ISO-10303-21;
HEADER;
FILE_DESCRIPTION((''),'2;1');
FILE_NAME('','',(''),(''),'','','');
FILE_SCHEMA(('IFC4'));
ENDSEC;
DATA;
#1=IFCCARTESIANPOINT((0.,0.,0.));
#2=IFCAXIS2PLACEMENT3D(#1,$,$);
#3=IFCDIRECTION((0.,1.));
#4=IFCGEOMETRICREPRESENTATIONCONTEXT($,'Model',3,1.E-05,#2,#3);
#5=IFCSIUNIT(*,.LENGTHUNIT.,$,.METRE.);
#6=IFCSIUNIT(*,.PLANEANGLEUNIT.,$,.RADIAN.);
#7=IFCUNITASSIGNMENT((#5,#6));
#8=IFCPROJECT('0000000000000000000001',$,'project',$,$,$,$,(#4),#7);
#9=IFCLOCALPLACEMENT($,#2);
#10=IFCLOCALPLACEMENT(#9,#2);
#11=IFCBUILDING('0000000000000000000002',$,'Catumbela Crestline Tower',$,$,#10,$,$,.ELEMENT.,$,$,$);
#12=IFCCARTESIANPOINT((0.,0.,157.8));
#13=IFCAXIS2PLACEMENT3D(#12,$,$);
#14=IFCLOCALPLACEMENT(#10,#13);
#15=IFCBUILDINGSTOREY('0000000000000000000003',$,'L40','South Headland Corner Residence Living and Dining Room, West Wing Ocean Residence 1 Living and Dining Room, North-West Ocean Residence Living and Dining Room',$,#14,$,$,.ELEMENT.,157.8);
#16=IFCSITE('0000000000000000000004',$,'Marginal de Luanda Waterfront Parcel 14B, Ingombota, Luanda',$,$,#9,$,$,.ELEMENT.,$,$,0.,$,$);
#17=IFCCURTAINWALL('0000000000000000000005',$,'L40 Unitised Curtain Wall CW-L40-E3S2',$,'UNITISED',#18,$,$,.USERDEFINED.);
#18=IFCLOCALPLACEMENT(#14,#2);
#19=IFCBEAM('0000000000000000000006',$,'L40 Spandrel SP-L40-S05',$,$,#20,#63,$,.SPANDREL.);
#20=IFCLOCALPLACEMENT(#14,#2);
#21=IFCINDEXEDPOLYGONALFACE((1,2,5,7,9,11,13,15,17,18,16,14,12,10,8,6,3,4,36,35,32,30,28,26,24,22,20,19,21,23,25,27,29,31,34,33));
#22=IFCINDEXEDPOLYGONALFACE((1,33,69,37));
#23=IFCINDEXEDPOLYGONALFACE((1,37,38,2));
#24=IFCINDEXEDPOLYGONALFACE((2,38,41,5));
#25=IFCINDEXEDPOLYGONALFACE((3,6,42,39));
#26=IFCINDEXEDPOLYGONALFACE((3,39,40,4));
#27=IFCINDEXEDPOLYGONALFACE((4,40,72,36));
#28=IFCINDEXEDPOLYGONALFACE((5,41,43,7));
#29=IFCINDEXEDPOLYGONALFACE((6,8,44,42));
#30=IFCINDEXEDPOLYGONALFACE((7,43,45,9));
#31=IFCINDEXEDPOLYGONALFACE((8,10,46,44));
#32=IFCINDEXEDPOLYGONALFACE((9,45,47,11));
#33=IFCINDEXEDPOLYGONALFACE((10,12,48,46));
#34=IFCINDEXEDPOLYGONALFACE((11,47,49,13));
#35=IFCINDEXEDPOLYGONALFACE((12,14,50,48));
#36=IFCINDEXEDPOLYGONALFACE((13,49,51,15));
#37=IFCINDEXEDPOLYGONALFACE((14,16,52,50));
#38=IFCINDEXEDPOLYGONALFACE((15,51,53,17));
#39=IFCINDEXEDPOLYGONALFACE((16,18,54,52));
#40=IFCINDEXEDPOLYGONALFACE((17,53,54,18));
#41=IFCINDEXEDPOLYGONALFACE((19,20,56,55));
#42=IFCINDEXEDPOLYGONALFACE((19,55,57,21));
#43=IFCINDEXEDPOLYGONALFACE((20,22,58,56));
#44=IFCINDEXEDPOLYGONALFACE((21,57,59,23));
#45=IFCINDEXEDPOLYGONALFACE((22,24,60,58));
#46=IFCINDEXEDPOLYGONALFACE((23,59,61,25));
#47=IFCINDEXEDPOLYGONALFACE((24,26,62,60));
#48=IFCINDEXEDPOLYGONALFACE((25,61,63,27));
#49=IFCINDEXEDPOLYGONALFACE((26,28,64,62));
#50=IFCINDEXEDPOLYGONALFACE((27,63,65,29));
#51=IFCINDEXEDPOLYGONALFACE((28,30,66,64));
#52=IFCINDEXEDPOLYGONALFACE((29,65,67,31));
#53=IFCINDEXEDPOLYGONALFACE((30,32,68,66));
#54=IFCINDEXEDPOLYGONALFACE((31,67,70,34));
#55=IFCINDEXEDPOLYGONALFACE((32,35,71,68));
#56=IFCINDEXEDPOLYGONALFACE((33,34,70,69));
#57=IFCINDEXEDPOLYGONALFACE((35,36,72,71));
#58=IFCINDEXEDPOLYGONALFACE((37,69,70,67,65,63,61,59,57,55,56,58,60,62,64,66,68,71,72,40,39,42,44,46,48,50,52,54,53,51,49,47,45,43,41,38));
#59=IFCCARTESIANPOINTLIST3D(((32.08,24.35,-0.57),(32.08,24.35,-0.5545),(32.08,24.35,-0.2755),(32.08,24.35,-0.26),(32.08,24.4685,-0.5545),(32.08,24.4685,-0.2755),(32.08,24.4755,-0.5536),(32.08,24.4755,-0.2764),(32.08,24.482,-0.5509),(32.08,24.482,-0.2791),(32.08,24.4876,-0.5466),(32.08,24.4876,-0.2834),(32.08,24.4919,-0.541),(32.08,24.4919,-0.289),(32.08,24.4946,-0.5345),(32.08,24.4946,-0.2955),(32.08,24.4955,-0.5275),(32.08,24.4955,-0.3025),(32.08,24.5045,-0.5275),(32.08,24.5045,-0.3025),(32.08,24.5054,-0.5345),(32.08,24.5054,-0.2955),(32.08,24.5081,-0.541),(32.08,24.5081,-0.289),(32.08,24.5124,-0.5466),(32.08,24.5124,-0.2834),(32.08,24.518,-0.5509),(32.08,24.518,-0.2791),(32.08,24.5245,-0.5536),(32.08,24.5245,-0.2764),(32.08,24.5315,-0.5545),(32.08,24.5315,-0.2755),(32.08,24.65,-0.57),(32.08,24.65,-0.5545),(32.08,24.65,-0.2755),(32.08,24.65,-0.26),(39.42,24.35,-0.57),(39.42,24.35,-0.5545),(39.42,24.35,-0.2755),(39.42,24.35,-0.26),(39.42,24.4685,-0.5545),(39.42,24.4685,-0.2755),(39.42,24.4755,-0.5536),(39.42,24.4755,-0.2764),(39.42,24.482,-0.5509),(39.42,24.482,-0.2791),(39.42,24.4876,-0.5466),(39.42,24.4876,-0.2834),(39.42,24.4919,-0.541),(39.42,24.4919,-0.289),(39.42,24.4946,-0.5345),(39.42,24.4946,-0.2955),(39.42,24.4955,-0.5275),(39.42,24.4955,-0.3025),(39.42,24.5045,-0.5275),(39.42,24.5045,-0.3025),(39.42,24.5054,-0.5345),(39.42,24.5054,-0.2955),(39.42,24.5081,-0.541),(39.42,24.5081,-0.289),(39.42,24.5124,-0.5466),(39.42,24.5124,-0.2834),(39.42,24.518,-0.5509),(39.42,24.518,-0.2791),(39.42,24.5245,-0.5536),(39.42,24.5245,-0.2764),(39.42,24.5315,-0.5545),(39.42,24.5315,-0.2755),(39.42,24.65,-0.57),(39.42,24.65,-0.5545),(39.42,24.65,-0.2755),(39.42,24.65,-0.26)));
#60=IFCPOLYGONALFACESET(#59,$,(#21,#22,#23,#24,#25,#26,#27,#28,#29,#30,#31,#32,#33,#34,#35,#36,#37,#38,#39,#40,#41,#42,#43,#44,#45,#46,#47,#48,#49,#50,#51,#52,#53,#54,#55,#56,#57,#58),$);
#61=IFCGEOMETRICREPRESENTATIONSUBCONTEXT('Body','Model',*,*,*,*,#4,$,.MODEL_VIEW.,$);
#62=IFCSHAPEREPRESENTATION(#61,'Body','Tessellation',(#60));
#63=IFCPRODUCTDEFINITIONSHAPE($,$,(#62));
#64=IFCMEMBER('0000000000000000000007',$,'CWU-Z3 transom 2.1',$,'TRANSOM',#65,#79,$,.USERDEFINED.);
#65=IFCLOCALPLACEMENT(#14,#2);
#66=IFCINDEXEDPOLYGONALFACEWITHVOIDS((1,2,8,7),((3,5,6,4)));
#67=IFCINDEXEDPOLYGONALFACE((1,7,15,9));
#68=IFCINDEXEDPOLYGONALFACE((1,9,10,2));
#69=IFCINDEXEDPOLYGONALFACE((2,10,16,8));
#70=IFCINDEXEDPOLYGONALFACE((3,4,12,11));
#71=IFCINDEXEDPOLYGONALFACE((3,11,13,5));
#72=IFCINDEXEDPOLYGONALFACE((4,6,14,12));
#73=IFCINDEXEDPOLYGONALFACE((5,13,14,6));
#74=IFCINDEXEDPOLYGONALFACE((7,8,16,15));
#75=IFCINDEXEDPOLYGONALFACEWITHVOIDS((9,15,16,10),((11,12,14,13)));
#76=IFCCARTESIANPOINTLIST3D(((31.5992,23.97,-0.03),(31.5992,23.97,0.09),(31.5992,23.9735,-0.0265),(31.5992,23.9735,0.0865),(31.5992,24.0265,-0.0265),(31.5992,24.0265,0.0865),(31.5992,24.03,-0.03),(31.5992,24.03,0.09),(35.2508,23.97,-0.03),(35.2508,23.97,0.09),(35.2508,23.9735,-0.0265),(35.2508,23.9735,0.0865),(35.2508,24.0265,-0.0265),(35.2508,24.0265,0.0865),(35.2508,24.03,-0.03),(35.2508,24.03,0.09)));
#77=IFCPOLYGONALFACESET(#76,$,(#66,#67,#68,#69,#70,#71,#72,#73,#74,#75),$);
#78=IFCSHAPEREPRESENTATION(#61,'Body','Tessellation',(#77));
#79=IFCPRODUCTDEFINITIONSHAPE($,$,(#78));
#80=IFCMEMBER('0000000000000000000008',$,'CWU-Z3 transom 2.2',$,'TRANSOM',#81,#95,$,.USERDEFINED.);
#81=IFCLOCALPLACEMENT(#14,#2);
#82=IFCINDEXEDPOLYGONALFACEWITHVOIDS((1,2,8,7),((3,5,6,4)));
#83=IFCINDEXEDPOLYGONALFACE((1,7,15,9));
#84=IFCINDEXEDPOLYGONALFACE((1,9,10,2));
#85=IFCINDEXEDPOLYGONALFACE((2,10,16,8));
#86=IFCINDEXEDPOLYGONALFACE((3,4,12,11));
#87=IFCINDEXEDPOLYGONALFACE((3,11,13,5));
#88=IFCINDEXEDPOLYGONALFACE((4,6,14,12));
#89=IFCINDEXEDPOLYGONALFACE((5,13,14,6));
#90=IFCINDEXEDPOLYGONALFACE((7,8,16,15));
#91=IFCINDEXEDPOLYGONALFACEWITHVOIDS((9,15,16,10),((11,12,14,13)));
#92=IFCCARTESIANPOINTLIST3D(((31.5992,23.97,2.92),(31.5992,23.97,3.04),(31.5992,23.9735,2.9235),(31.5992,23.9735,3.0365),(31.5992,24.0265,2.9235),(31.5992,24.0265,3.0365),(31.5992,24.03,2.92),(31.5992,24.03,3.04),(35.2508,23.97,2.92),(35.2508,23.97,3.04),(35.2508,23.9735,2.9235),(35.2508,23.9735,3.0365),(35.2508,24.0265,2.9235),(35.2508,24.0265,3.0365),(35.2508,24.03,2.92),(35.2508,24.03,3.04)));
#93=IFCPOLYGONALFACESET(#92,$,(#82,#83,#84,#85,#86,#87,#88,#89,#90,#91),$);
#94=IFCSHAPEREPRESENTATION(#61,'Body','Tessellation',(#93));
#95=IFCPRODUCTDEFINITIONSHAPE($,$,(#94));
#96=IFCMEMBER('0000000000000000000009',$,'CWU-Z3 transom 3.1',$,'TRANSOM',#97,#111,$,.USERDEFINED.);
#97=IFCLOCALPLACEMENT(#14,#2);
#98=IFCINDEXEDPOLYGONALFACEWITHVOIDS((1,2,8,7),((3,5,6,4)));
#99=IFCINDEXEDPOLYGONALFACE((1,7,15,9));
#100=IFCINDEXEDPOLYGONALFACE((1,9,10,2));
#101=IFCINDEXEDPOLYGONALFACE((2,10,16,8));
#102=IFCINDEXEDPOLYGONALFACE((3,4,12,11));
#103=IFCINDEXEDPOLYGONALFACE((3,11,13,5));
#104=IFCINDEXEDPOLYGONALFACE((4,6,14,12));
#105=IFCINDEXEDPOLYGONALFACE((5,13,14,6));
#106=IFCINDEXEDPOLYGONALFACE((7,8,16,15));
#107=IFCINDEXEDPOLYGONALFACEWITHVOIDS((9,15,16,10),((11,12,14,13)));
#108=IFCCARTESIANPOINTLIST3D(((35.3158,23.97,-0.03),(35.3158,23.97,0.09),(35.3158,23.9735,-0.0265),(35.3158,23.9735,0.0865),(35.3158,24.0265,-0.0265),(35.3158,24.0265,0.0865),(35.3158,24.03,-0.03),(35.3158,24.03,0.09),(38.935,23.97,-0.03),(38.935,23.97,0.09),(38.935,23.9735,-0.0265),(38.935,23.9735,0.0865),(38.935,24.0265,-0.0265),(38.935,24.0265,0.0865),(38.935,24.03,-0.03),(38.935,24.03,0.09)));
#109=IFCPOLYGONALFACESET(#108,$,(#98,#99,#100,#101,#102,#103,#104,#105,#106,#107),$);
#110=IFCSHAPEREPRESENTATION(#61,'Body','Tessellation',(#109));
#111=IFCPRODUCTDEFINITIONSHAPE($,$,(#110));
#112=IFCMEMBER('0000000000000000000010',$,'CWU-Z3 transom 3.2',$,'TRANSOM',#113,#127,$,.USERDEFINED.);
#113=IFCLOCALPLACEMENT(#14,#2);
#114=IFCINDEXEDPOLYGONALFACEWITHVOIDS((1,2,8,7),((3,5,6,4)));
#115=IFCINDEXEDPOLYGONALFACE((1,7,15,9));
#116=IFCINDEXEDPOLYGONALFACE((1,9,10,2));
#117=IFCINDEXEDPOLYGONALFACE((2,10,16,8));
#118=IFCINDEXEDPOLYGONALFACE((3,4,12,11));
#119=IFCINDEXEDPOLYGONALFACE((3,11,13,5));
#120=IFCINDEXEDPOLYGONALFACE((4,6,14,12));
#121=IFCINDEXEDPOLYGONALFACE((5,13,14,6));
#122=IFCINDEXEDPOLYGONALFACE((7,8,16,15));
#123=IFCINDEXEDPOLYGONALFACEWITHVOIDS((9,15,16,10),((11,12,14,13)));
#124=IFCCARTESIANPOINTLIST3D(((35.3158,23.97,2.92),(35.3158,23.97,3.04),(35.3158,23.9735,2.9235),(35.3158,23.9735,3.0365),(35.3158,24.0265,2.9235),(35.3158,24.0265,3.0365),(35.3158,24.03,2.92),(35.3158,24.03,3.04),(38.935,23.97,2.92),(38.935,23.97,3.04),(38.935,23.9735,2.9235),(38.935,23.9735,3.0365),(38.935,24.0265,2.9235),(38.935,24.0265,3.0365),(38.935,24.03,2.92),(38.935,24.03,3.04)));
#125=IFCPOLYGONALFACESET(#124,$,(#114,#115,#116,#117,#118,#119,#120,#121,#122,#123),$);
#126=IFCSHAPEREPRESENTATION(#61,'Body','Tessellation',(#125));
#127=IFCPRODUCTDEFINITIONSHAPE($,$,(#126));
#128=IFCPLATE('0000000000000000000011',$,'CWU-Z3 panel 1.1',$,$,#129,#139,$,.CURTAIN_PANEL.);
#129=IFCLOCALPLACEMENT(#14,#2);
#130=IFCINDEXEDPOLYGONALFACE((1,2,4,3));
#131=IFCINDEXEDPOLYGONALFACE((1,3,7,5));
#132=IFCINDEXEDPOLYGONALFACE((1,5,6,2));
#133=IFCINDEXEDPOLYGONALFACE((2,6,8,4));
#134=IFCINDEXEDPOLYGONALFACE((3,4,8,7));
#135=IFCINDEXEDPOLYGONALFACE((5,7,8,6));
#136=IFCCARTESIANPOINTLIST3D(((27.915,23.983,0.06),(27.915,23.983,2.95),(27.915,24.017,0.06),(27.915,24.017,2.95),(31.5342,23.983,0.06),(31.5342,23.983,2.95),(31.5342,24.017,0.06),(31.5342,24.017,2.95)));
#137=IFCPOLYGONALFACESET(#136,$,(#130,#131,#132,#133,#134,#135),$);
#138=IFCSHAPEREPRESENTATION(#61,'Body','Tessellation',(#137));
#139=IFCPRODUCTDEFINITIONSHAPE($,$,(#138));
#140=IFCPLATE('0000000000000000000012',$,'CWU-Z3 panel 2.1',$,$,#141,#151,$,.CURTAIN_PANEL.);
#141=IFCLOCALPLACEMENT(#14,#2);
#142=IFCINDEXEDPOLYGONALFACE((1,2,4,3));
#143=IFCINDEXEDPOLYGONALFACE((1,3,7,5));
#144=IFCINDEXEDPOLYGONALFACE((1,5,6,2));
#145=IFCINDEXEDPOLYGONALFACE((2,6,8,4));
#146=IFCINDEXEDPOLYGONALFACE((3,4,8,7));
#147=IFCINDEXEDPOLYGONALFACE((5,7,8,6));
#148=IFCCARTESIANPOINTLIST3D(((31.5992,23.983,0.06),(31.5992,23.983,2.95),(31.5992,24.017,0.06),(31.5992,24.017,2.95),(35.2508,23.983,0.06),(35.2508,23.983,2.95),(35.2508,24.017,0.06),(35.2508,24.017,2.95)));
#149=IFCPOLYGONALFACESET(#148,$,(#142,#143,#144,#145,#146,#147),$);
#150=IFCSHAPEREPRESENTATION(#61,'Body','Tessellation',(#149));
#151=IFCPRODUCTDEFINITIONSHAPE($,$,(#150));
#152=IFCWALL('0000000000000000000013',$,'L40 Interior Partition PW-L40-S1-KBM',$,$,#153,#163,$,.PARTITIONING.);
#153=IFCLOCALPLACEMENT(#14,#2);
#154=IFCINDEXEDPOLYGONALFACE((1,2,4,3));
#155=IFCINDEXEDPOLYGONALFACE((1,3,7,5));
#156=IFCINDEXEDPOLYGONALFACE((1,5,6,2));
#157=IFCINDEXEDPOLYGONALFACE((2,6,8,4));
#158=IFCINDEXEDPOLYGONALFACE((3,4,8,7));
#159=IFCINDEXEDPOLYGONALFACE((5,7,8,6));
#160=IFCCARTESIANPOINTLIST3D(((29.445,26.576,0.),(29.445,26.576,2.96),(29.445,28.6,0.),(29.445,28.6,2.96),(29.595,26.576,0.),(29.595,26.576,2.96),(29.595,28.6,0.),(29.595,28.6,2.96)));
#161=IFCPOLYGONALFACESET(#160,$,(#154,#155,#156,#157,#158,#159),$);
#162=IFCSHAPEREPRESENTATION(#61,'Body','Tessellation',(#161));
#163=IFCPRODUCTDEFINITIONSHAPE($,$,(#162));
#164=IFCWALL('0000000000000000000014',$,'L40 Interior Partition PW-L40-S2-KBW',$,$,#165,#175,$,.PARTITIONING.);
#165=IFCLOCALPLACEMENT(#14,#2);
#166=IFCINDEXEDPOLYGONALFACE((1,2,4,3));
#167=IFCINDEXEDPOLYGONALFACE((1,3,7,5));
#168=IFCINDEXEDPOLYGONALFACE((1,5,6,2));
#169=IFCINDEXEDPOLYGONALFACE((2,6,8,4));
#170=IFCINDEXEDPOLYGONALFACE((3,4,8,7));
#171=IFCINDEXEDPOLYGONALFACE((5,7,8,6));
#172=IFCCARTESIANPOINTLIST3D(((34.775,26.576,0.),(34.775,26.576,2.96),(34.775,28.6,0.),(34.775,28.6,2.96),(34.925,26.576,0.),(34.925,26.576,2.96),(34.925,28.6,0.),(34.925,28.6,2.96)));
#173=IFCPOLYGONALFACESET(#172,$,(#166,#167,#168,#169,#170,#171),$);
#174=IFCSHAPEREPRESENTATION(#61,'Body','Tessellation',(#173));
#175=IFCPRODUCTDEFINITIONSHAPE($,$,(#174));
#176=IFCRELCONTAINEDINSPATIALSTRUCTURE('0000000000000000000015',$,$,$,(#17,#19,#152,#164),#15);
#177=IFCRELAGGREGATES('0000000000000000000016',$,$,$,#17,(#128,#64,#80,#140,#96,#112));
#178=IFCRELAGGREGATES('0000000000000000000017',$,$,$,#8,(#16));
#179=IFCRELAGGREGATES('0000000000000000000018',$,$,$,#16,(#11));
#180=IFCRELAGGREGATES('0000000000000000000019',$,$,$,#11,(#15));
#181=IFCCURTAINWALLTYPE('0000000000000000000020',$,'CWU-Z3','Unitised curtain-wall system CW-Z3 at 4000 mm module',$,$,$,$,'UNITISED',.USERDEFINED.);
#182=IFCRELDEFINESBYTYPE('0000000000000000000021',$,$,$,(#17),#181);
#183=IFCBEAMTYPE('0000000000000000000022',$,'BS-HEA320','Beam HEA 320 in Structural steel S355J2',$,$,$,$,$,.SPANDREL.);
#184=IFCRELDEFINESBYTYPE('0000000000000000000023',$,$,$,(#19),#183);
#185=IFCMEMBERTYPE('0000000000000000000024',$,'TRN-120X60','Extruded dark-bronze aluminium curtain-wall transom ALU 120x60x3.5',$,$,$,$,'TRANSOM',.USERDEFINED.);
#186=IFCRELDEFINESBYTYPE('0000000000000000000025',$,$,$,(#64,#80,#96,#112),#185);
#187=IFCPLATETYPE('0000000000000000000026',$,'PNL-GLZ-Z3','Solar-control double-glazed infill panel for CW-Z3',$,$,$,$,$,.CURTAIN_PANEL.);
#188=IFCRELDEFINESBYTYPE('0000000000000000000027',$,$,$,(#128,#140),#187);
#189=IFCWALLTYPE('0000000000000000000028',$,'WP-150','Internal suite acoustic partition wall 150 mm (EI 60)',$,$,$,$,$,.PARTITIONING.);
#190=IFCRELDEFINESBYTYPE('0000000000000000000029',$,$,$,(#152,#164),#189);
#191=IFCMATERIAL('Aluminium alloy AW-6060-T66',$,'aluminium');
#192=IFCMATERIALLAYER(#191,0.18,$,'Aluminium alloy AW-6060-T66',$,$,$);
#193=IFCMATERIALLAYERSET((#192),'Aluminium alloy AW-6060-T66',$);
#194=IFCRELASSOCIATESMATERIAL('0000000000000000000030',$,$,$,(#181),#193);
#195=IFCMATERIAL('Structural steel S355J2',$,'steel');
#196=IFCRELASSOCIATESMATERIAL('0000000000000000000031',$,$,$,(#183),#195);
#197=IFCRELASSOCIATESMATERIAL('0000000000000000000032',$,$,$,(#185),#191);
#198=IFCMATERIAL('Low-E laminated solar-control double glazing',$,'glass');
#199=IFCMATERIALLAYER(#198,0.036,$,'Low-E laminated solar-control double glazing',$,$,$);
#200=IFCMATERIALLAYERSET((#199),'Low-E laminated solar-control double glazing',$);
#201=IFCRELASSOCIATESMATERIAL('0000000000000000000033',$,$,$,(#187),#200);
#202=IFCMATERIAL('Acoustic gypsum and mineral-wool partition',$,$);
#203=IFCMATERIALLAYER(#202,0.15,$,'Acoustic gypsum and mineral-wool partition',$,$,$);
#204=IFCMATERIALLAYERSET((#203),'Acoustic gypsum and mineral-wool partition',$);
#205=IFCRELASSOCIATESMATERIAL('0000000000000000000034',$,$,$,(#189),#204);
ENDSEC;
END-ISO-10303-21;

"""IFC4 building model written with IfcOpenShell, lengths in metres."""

from ifc_helpers import new_model, si_unit, direction, frame, frame_2d, origin, origin_2d, place, context, subcontext, project, spatial, rectangle, hollow_rectangle, i_section, extrude, material, layer, layer_set, material_profile, profile_set, type_object, element, aggregate, save


model = new_model("IFC4")

# Units and contexts
model_context = context("Model", 3, precision=1e-05, world=origin(), true_north=direction((0.0, 1.0)))
body_context = subcontext(model_context, "Body", "Model", "MODEL_VIEW")
ifc_project = project(units=[si_unit("LENGTHUNIT", "METRE"), si_unit("PLANEANGLEUNIT", "RADIAN")], contexts=[model_context])

# Site, building, storey
site_placement = place(None, origin())
site = spatial("IfcSite", under=ifc_project, at=site_placement, Name="Marginal de Luanda Waterfront Parcel 14B, Ingombota, Luanda", CompositionType="ELEMENT", RefElevation=0.0)
building_placement = place(site_placement, origin())
building = spatial("IfcBuilding", under=site, at=building_placement, Name="Catumbela Crestline Tower", CompositionType="ELEMENT")
storey_placement = place(building_placement, frame((0.0, 0.0, 157.8)))
storey = spatial("IfcBuildingStorey", under=building, at=storey_placement, Name="L40", Description="South Headland Corner Residence Living and Dining Room, West Wing Ocean Residence 1 Living and Dining Room, North-West Ocean Residence Living and Dining Room", CompositionType="ELEMENT", Elevation=157.8)

# Shared definitions
ifc_material_1 = material(Name="Structural steel S355J2", Category="steel")

# Curtain wall
ifc_material_2 = material(Name="Aluminium alloy AW-6060-T66", Category="aluminium")
ifc_layer_1 = layer(ifc_material_2, 0.18, Name="Aluminium alloy AW-6060-T66")
ifc_layer_set_1 = layer_set([ifc_layer_1], Name="Aluminium alloy AW-6060-T66")
curtain_wall_type = type_object("IfcCurtainWallType", Name="CWU-Z3", Description="Unitised curtain-wall system CW-Z3 at 4000 mm module", ElementType="UNITISED", PredefinedType="USERDEFINED", material=ifc_layer_set_1)
curtain_wall_placement = place(storey_placement, origin())
curtain_wall = element("IfcCurtainWall", 1, at=curtain_wall_placement, inside=storey, type_object=curtain_wall_type, Name="L40 Unitised Curtain Wall CW-L40-E3S2", ObjectType="UNITISED", PredefinedType="USERDEFINED")

# Beam
ifc_material_profile_1 = material_profile(ifc_material_1, i_section(OverallWidth=0.3, OverallDepth=0.31, WebThickness=0.009, FlangeThickness=0.0155, FilletRadius=0.027, at=origin_2d()), Name="HEA 320")
ifc_profile_set_1 = profile_set([ifc_material_profile_1], Name="Structural steel S355J2")
beam_type_1 = type_object("IfcBeamType", Name="BS-HEA320", Description="Beam HEA 320 in Structural steel S355J2", PredefinedType="SPANDREL", material=ifc_profile_set_1)
beam_1_placement = place(storey_placement, frame((32.08, 24.5, -0.415), z_axis=(1.0, 0.0, 0.0), x_axis=(0.0, 1.0, 0.0)))
element("IfcBeam", 2, at=beam_1_placement, inside=storey, type_object=beam_type_1, Name="L40 Spandrel SP-L40-S05", PredefinedType="SPANDREL", context=body_context, shape_type="SweptSolid", body=[
    extrude(i_section(OverallWidth=0.3, OverallDepth=0.31, WebThickness=0.009, FlangeThickness=0.0155, FilletRadius=0.027, at=origin_2d()), origin(), (0.0, 0.0, 1.0), 7.34),
])

# Members
ifc_material_profile_2 = material_profile(ifc_material_2, hollow_rectangle(XDim=0.06, YDim=0.12, WallThickness=0.0035, at=origin_2d()), Name="ALU 120x60x3.5")
ifc_profile_set_2 = profile_set([ifc_material_profile_2], Name="Aluminium alloy AW-6060-T66")
member_type_1 = type_object("IfcMemberType", Name="TRN-120X60", Description="Extruded dark-bronze aluminium curtain-wall transom ALU 120x60x3.5", ElementType="TRANSOM", PredefinedType="USERDEFINED", material=ifc_profile_set_2)
member_1_placement = place(storey_placement, frame((31.5992, 24.0, 0.03), z_axis=(1.0, 0.0, 0.0), x_axis=(0.0, 1.0, 0.0)))
member_1 = element("IfcMember", 3, at=member_1_placement, type_object=member_type_1, Name="CWU-Z3 transom 2.1", ObjectType="TRANSOM", PredefinedType="USERDEFINED", context=body_context, shape_type="SweptSolid", body=[
    extrude(hollow_rectangle(XDim=0.06, YDim=0.12, WallThickness=0.0035, at=origin_2d()), origin(), (0.0, 0.0, 1.0), 3.6516),
])
member_2_placement = place(storey_placement, frame((31.5992, 24.0, 2.98), z_axis=(1.0, 0.0, 0.0), x_axis=(0.0, 1.0, 0.0)))
member_2 = element("IfcMember", 4, at=member_2_placement, type_object=member_type_1, Name="CWU-Z3 transom 2.2", ObjectType="TRANSOM", PredefinedType="USERDEFINED", context=body_context, shape_type="SweptSolid", body=[
    extrude(hollow_rectangle(XDim=0.06, YDim=0.12, WallThickness=0.0035, at=origin_2d()), origin(), (0.0, 0.0, 1.0), 3.6516),
])
member_3_placement = place(storey_placement, frame((35.3158, 24.0, 0.03), z_axis=(1.0, 0.0, 0.0), x_axis=(0.0, 1.0, 0.0)))
member_3 = element("IfcMember", 5, at=member_3_placement, type_object=member_type_1, Name="CWU-Z3 transom 3.1", ObjectType="TRANSOM", PredefinedType="USERDEFINED", context=body_context, shape_type="SweptSolid", body=[
    extrude(hollow_rectangle(XDim=0.06, YDim=0.12, WallThickness=0.0035, at=origin_2d()), origin(), (0.0, 0.0, 1.0), 3.6192),
])
member_4_placement = place(storey_placement, frame((35.3158, 24.0, 2.98), z_axis=(1.0, 0.0, 0.0), x_axis=(0.0, 1.0, 0.0)))
member_4 = element("IfcMember", 6, at=member_4_placement, type_object=member_type_1, Name="CWU-Z3 transom 3.2", ObjectType="TRANSOM", PredefinedType="USERDEFINED", context=body_context, shape_type="SweptSolid", body=[
    extrude(hollow_rectangle(XDim=0.06, YDim=0.12, WallThickness=0.0035, at=origin_2d()), origin(), (0.0, 0.0, 1.0), 3.6192),
])

# Plates
ifc_material_3 = material(Name="Low-E laminated solar-control double glazing", Category="glass")
ifc_layer_2 = layer(ifc_material_3, 0.036, Name="Low-E laminated solar-control double glazing")
ifc_layer_set_2 = layer_set([ifc_layer_2], Name="Low-E laminated solar-control double glazing")
plate_type = type_object("IfcPlateType", Name="PNL-GLZ-Z3", Description="Solar-control double-glazed infill panel for CW-Z3", PredefinedType="CURTAIN_PANEL", material=ifc_layer_set_2)
plate_1_placement = place(storey_placement, frame((29.7246, 24.0, 0.06), z_axis=(0.0, 0.0, 1.0), x_axis=(1.0, 0.0, 0.0)))
plate_1 = element("IfcPlate", 7, at=plate_1_placement, type_object=plate_type, Name="CWU-Z3 panel 1.1", PredefinedType="CURTAIN_PANEL", context=body_context, shape_type="SweptSolid", body=[
    extrude(rectangle(XDim=3.6192, YDim=0.034, at=origin_2d()), origin(), (0.0, 0.0, 1.0), 2.89),
])
plate_2_placement = place(storey_placement, frame((33.425, 24.0, 0.06), z_axis=(0.0, 0.0, 1.0), x_axis=(1.0, 0.0, 0.0)))
plate_2 = element("IfcPlate", 8, at=plate_2_placement, type_object=plate_type, Name="CWU-Z3 panel 2.1", PredefinedType="CURTAIN_PANEL", context=body_context, shape_type="SweptSolid", body=[
    extrude(rectangle(XDim=3.6517, YDim=0.034, at=origin_2d()), origin(), (0.0, 0.0, 1.0), 2.89),
])
aggregate(curtain_wall, [plate_1, member_1, member_2, plate_2, member_3, member_4])

# Walls
ifc_material_4 = material(Name="Acoustic gypsum and mineral-wool partition")
ifc_layer_3 = layer(ifc_material_4, 0.15, Name="Acoustic gypsum and mineral-wool partition")
ifc_layer_set_3 = layer_set([ifc_layer_3], Name="Acoustic gypsum and mineral-wool partition")
wall_type_1 = type_object("IfcWallType", Name="WP-150", Description="Internal suite acoustic partition wall 150 mm (EI 60)", PredefinedType="PARTITIONING", material=ifc_layer_set_3)
for number, where, z_axis, x_axis, name in (
    (9, (29.52, 26.576, 0.0), (0.0, 0.0, 1.0), (0.0, 1.0, 0.0), "L40 Interior Partition PW-L40-S1-KBM"),
    (10, (34.85, 26.576, 0.0), (0.0, 0.0, 1.0), (0.0, 1.0, 0.0), "L40 Interior Partition PW-L40-S2-KBW"),
):
    element("IfcWall", number, at=place(storey_placement, frame(where, z_axis=z_axis, x_axis=x_axis)), inside=storey, type_object=wall_type_1, Name=name, PredefinedType="PARTITIONING", context=body_context, shape_type="SweptSolid", body=[
        extrude(rectangle(XDim=2.024, YDim=0.15, at=frame_2d((1.012, 0.0))), origin(), (0.0, 0.0, 1.0), 2.96),
    ])

save(model, "model.ifc")
